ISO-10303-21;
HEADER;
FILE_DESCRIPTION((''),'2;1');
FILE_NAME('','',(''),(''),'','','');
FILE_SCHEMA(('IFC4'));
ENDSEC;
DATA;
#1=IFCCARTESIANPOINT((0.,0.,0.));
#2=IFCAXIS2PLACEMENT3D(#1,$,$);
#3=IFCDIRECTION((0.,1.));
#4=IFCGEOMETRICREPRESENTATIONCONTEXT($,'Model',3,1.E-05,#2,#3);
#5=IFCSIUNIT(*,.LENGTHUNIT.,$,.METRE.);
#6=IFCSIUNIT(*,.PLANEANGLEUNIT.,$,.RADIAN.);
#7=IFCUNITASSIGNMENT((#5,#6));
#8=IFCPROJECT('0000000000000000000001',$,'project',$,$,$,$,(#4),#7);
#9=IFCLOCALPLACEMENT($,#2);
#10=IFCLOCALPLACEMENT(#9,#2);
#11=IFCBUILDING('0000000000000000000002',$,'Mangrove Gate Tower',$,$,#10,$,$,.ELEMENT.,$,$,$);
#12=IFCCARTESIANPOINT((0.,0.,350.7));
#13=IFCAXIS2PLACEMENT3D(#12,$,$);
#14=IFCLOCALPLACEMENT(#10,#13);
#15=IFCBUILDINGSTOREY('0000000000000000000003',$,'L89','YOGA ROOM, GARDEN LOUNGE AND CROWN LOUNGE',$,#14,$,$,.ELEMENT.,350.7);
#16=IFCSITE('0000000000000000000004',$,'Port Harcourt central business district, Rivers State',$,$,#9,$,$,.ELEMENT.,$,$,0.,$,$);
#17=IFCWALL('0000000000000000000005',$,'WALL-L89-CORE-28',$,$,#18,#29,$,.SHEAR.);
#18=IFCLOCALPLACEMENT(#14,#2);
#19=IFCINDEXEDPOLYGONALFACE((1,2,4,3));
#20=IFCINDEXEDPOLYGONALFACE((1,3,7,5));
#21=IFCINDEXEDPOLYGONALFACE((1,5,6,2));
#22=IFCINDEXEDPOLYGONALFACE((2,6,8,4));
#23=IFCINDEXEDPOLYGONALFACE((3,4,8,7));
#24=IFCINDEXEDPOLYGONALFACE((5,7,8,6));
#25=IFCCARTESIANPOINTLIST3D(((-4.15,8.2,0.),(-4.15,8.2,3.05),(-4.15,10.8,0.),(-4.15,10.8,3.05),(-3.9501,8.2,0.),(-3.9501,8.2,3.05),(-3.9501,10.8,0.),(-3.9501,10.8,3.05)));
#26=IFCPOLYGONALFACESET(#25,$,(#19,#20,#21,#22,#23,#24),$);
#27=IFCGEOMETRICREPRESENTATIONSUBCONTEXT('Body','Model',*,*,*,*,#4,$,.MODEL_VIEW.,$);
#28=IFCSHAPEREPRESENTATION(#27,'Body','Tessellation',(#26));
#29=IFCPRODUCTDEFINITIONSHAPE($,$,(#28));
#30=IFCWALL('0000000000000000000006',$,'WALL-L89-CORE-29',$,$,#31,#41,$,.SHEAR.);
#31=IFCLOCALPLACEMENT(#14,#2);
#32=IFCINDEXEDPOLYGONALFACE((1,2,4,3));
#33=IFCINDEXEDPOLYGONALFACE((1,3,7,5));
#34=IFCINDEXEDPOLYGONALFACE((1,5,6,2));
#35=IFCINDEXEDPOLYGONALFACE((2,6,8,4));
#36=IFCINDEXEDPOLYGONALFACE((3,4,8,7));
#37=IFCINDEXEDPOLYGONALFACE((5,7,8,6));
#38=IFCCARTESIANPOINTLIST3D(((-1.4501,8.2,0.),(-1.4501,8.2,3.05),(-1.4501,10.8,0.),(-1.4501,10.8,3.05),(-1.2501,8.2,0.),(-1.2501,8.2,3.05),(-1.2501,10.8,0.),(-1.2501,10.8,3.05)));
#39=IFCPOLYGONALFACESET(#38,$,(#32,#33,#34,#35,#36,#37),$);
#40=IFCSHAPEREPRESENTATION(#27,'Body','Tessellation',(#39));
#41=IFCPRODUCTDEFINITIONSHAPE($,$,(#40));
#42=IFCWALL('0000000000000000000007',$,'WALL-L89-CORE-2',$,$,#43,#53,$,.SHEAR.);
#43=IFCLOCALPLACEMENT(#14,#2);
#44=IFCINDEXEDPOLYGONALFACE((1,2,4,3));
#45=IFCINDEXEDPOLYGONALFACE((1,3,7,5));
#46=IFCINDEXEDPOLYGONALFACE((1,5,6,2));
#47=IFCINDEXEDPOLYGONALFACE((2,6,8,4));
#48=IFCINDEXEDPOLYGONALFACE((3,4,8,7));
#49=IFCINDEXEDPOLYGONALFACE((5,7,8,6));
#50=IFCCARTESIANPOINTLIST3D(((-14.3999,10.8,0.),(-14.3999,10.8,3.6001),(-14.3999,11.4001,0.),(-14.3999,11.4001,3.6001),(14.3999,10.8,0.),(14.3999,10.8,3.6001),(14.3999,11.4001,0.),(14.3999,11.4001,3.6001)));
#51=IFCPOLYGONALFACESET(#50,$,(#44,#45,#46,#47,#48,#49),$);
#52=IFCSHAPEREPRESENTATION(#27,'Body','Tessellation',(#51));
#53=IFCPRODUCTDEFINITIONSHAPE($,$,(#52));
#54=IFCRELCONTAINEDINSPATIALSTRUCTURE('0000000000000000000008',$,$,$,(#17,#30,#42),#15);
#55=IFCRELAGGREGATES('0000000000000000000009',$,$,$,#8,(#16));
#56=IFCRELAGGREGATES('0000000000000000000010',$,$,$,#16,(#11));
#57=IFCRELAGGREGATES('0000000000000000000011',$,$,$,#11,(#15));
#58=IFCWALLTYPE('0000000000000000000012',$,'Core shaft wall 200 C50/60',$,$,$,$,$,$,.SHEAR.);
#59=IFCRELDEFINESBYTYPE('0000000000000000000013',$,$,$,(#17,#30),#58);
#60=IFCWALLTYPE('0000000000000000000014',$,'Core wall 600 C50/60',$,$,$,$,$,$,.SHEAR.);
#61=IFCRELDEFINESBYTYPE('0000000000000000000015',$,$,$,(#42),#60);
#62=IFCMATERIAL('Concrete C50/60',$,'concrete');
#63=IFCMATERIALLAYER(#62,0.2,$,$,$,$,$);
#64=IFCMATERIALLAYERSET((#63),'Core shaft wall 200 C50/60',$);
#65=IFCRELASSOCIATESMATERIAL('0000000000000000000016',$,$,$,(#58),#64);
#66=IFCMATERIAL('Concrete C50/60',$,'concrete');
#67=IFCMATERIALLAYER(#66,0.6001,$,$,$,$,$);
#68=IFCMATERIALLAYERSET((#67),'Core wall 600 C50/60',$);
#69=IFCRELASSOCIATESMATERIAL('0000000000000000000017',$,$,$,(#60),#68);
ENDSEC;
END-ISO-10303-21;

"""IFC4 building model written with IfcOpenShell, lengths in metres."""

from ifc_helpers import new_model, si_unit, direction, frame, frame_2d, origin, place, context, subcontext, project, spatial, rectangle, extrude, material, layer, layer_set, type_object, element, save


model = new_model("IFC4")

# Units and contexts
model_context = context("Model", 3, precision=1e-05, world=origin(), true_north=direction((0.0, 1.0)))
body_context = subcontext(model_context, "Body", "Model", "MODEL_VIEW")
ifc_project = project(units=[si_unit("LENGTHUNIT", "METRE"), si_unit("PLANEANGLEUNIT", "RADIAN")], contexts=[model_context])

# Site, building, storey
site_placement = place(None, origin())
site = spatial("IfcSite", under=ifc_project, at=site_placement, Name="Port Harcourt central business district, Rivers State", CompositionType="ELEMENT", RefElevation=0.0)
building_placement = place(site_placement, origin())
building = spatial("IfcBuilding", under=site, at=building_placement, Name="Mangrove Gate Tower", CompositionType="ELEMENT")
storey_placement = place(building_placement, frame((0.0, 0.0, 350.7)))
storey = spatial("IfcBuildingStorey", under=building, at=storey_placement, Name="L89", Description="YOGA ROOM, GARDEN LOUNGE AND CROWN LOUNGE", CompositionType="ELEMENT", Elevation=350.7)

# Shared definitions
ifc_material_1 = material(Name="Concrete C50/60", Category="concrete")
ifc_layer_1 = layer(ifc_material_1, 0.2)
ifc_layer_set_1 = layer_set([ifc_layer_1], Name="Core shaft wall 200 C50/60")
wall_type_1 = type_object("IfcWallType", Name="Core shaft wall 200 C50/60", PredefinedType="SHEAR", material=ifc_layer_set_1)

# Walls
for number, where, z_axis, x_axis, name in (
    (1, (-4.05, 8.2, 0.0), (0.0, 0.0, 1.0), (0.0, 1.0, 0.0), "WALL-L89-CORE-28"),
    (2, (-1.3501, 8.2, 0.0), (0.0, 0.0, 1.0), (0.0, 1.0, 0.0), "WALL-L89-CORE-29"),
):
    element("IfcWall", number, at=place(storey_placement, frame(where, z_axis=z_axis, x_axis=x_axis)), inside=storey, type_object=wall_type_1, Name=name, PredefinedType="SHEAR", context=body_context, shape_type="SweptSolid", body=[
        extrude(rectangle(XDim=2.6001, YDim=0.2, at=frame_2d((1.3, 0.0))), origin(), (0.0, 0.0, 1.0), 3.05),
    ])
ifc_material_2 = material(Name="Concrete C50/60", Category="concrete")
ifc_layer_2 = layer(ifc_material_2, 0.6001)
ifc_layer_set_2 = layer_set([ifc_layer_2], Name="Core wall 600 C50/60")
wall_type_2 = type_object("IfcWallType", Name="Core wall 600 C50/60", PredefinedType="SHEAR", material=ifc_layer_set_2)
wall_1_placement = place(storey_placement, frame((-14.3999, 11.1001, 0.0), z_axis=(0.0, 0.0, 1.0), x_axis=(1.0, 0.0, 0.0)))
element("IfcWall", 3, at=wall_1_placement, inside=storey, type_object=wall_type_2, Name="WALL-L89-CORE-2", PredefinedType="SHEAR", context=body_context, shape_type="SweptSolid", body=[
    extrude(rectangle(XDim=28.7998, YDim=0.6001, at=frame_2d((14.3999, 0.0))), origin(), (0.0, 0.0, 1.0), 3.6001),
])

save(model, "model.ifc")
